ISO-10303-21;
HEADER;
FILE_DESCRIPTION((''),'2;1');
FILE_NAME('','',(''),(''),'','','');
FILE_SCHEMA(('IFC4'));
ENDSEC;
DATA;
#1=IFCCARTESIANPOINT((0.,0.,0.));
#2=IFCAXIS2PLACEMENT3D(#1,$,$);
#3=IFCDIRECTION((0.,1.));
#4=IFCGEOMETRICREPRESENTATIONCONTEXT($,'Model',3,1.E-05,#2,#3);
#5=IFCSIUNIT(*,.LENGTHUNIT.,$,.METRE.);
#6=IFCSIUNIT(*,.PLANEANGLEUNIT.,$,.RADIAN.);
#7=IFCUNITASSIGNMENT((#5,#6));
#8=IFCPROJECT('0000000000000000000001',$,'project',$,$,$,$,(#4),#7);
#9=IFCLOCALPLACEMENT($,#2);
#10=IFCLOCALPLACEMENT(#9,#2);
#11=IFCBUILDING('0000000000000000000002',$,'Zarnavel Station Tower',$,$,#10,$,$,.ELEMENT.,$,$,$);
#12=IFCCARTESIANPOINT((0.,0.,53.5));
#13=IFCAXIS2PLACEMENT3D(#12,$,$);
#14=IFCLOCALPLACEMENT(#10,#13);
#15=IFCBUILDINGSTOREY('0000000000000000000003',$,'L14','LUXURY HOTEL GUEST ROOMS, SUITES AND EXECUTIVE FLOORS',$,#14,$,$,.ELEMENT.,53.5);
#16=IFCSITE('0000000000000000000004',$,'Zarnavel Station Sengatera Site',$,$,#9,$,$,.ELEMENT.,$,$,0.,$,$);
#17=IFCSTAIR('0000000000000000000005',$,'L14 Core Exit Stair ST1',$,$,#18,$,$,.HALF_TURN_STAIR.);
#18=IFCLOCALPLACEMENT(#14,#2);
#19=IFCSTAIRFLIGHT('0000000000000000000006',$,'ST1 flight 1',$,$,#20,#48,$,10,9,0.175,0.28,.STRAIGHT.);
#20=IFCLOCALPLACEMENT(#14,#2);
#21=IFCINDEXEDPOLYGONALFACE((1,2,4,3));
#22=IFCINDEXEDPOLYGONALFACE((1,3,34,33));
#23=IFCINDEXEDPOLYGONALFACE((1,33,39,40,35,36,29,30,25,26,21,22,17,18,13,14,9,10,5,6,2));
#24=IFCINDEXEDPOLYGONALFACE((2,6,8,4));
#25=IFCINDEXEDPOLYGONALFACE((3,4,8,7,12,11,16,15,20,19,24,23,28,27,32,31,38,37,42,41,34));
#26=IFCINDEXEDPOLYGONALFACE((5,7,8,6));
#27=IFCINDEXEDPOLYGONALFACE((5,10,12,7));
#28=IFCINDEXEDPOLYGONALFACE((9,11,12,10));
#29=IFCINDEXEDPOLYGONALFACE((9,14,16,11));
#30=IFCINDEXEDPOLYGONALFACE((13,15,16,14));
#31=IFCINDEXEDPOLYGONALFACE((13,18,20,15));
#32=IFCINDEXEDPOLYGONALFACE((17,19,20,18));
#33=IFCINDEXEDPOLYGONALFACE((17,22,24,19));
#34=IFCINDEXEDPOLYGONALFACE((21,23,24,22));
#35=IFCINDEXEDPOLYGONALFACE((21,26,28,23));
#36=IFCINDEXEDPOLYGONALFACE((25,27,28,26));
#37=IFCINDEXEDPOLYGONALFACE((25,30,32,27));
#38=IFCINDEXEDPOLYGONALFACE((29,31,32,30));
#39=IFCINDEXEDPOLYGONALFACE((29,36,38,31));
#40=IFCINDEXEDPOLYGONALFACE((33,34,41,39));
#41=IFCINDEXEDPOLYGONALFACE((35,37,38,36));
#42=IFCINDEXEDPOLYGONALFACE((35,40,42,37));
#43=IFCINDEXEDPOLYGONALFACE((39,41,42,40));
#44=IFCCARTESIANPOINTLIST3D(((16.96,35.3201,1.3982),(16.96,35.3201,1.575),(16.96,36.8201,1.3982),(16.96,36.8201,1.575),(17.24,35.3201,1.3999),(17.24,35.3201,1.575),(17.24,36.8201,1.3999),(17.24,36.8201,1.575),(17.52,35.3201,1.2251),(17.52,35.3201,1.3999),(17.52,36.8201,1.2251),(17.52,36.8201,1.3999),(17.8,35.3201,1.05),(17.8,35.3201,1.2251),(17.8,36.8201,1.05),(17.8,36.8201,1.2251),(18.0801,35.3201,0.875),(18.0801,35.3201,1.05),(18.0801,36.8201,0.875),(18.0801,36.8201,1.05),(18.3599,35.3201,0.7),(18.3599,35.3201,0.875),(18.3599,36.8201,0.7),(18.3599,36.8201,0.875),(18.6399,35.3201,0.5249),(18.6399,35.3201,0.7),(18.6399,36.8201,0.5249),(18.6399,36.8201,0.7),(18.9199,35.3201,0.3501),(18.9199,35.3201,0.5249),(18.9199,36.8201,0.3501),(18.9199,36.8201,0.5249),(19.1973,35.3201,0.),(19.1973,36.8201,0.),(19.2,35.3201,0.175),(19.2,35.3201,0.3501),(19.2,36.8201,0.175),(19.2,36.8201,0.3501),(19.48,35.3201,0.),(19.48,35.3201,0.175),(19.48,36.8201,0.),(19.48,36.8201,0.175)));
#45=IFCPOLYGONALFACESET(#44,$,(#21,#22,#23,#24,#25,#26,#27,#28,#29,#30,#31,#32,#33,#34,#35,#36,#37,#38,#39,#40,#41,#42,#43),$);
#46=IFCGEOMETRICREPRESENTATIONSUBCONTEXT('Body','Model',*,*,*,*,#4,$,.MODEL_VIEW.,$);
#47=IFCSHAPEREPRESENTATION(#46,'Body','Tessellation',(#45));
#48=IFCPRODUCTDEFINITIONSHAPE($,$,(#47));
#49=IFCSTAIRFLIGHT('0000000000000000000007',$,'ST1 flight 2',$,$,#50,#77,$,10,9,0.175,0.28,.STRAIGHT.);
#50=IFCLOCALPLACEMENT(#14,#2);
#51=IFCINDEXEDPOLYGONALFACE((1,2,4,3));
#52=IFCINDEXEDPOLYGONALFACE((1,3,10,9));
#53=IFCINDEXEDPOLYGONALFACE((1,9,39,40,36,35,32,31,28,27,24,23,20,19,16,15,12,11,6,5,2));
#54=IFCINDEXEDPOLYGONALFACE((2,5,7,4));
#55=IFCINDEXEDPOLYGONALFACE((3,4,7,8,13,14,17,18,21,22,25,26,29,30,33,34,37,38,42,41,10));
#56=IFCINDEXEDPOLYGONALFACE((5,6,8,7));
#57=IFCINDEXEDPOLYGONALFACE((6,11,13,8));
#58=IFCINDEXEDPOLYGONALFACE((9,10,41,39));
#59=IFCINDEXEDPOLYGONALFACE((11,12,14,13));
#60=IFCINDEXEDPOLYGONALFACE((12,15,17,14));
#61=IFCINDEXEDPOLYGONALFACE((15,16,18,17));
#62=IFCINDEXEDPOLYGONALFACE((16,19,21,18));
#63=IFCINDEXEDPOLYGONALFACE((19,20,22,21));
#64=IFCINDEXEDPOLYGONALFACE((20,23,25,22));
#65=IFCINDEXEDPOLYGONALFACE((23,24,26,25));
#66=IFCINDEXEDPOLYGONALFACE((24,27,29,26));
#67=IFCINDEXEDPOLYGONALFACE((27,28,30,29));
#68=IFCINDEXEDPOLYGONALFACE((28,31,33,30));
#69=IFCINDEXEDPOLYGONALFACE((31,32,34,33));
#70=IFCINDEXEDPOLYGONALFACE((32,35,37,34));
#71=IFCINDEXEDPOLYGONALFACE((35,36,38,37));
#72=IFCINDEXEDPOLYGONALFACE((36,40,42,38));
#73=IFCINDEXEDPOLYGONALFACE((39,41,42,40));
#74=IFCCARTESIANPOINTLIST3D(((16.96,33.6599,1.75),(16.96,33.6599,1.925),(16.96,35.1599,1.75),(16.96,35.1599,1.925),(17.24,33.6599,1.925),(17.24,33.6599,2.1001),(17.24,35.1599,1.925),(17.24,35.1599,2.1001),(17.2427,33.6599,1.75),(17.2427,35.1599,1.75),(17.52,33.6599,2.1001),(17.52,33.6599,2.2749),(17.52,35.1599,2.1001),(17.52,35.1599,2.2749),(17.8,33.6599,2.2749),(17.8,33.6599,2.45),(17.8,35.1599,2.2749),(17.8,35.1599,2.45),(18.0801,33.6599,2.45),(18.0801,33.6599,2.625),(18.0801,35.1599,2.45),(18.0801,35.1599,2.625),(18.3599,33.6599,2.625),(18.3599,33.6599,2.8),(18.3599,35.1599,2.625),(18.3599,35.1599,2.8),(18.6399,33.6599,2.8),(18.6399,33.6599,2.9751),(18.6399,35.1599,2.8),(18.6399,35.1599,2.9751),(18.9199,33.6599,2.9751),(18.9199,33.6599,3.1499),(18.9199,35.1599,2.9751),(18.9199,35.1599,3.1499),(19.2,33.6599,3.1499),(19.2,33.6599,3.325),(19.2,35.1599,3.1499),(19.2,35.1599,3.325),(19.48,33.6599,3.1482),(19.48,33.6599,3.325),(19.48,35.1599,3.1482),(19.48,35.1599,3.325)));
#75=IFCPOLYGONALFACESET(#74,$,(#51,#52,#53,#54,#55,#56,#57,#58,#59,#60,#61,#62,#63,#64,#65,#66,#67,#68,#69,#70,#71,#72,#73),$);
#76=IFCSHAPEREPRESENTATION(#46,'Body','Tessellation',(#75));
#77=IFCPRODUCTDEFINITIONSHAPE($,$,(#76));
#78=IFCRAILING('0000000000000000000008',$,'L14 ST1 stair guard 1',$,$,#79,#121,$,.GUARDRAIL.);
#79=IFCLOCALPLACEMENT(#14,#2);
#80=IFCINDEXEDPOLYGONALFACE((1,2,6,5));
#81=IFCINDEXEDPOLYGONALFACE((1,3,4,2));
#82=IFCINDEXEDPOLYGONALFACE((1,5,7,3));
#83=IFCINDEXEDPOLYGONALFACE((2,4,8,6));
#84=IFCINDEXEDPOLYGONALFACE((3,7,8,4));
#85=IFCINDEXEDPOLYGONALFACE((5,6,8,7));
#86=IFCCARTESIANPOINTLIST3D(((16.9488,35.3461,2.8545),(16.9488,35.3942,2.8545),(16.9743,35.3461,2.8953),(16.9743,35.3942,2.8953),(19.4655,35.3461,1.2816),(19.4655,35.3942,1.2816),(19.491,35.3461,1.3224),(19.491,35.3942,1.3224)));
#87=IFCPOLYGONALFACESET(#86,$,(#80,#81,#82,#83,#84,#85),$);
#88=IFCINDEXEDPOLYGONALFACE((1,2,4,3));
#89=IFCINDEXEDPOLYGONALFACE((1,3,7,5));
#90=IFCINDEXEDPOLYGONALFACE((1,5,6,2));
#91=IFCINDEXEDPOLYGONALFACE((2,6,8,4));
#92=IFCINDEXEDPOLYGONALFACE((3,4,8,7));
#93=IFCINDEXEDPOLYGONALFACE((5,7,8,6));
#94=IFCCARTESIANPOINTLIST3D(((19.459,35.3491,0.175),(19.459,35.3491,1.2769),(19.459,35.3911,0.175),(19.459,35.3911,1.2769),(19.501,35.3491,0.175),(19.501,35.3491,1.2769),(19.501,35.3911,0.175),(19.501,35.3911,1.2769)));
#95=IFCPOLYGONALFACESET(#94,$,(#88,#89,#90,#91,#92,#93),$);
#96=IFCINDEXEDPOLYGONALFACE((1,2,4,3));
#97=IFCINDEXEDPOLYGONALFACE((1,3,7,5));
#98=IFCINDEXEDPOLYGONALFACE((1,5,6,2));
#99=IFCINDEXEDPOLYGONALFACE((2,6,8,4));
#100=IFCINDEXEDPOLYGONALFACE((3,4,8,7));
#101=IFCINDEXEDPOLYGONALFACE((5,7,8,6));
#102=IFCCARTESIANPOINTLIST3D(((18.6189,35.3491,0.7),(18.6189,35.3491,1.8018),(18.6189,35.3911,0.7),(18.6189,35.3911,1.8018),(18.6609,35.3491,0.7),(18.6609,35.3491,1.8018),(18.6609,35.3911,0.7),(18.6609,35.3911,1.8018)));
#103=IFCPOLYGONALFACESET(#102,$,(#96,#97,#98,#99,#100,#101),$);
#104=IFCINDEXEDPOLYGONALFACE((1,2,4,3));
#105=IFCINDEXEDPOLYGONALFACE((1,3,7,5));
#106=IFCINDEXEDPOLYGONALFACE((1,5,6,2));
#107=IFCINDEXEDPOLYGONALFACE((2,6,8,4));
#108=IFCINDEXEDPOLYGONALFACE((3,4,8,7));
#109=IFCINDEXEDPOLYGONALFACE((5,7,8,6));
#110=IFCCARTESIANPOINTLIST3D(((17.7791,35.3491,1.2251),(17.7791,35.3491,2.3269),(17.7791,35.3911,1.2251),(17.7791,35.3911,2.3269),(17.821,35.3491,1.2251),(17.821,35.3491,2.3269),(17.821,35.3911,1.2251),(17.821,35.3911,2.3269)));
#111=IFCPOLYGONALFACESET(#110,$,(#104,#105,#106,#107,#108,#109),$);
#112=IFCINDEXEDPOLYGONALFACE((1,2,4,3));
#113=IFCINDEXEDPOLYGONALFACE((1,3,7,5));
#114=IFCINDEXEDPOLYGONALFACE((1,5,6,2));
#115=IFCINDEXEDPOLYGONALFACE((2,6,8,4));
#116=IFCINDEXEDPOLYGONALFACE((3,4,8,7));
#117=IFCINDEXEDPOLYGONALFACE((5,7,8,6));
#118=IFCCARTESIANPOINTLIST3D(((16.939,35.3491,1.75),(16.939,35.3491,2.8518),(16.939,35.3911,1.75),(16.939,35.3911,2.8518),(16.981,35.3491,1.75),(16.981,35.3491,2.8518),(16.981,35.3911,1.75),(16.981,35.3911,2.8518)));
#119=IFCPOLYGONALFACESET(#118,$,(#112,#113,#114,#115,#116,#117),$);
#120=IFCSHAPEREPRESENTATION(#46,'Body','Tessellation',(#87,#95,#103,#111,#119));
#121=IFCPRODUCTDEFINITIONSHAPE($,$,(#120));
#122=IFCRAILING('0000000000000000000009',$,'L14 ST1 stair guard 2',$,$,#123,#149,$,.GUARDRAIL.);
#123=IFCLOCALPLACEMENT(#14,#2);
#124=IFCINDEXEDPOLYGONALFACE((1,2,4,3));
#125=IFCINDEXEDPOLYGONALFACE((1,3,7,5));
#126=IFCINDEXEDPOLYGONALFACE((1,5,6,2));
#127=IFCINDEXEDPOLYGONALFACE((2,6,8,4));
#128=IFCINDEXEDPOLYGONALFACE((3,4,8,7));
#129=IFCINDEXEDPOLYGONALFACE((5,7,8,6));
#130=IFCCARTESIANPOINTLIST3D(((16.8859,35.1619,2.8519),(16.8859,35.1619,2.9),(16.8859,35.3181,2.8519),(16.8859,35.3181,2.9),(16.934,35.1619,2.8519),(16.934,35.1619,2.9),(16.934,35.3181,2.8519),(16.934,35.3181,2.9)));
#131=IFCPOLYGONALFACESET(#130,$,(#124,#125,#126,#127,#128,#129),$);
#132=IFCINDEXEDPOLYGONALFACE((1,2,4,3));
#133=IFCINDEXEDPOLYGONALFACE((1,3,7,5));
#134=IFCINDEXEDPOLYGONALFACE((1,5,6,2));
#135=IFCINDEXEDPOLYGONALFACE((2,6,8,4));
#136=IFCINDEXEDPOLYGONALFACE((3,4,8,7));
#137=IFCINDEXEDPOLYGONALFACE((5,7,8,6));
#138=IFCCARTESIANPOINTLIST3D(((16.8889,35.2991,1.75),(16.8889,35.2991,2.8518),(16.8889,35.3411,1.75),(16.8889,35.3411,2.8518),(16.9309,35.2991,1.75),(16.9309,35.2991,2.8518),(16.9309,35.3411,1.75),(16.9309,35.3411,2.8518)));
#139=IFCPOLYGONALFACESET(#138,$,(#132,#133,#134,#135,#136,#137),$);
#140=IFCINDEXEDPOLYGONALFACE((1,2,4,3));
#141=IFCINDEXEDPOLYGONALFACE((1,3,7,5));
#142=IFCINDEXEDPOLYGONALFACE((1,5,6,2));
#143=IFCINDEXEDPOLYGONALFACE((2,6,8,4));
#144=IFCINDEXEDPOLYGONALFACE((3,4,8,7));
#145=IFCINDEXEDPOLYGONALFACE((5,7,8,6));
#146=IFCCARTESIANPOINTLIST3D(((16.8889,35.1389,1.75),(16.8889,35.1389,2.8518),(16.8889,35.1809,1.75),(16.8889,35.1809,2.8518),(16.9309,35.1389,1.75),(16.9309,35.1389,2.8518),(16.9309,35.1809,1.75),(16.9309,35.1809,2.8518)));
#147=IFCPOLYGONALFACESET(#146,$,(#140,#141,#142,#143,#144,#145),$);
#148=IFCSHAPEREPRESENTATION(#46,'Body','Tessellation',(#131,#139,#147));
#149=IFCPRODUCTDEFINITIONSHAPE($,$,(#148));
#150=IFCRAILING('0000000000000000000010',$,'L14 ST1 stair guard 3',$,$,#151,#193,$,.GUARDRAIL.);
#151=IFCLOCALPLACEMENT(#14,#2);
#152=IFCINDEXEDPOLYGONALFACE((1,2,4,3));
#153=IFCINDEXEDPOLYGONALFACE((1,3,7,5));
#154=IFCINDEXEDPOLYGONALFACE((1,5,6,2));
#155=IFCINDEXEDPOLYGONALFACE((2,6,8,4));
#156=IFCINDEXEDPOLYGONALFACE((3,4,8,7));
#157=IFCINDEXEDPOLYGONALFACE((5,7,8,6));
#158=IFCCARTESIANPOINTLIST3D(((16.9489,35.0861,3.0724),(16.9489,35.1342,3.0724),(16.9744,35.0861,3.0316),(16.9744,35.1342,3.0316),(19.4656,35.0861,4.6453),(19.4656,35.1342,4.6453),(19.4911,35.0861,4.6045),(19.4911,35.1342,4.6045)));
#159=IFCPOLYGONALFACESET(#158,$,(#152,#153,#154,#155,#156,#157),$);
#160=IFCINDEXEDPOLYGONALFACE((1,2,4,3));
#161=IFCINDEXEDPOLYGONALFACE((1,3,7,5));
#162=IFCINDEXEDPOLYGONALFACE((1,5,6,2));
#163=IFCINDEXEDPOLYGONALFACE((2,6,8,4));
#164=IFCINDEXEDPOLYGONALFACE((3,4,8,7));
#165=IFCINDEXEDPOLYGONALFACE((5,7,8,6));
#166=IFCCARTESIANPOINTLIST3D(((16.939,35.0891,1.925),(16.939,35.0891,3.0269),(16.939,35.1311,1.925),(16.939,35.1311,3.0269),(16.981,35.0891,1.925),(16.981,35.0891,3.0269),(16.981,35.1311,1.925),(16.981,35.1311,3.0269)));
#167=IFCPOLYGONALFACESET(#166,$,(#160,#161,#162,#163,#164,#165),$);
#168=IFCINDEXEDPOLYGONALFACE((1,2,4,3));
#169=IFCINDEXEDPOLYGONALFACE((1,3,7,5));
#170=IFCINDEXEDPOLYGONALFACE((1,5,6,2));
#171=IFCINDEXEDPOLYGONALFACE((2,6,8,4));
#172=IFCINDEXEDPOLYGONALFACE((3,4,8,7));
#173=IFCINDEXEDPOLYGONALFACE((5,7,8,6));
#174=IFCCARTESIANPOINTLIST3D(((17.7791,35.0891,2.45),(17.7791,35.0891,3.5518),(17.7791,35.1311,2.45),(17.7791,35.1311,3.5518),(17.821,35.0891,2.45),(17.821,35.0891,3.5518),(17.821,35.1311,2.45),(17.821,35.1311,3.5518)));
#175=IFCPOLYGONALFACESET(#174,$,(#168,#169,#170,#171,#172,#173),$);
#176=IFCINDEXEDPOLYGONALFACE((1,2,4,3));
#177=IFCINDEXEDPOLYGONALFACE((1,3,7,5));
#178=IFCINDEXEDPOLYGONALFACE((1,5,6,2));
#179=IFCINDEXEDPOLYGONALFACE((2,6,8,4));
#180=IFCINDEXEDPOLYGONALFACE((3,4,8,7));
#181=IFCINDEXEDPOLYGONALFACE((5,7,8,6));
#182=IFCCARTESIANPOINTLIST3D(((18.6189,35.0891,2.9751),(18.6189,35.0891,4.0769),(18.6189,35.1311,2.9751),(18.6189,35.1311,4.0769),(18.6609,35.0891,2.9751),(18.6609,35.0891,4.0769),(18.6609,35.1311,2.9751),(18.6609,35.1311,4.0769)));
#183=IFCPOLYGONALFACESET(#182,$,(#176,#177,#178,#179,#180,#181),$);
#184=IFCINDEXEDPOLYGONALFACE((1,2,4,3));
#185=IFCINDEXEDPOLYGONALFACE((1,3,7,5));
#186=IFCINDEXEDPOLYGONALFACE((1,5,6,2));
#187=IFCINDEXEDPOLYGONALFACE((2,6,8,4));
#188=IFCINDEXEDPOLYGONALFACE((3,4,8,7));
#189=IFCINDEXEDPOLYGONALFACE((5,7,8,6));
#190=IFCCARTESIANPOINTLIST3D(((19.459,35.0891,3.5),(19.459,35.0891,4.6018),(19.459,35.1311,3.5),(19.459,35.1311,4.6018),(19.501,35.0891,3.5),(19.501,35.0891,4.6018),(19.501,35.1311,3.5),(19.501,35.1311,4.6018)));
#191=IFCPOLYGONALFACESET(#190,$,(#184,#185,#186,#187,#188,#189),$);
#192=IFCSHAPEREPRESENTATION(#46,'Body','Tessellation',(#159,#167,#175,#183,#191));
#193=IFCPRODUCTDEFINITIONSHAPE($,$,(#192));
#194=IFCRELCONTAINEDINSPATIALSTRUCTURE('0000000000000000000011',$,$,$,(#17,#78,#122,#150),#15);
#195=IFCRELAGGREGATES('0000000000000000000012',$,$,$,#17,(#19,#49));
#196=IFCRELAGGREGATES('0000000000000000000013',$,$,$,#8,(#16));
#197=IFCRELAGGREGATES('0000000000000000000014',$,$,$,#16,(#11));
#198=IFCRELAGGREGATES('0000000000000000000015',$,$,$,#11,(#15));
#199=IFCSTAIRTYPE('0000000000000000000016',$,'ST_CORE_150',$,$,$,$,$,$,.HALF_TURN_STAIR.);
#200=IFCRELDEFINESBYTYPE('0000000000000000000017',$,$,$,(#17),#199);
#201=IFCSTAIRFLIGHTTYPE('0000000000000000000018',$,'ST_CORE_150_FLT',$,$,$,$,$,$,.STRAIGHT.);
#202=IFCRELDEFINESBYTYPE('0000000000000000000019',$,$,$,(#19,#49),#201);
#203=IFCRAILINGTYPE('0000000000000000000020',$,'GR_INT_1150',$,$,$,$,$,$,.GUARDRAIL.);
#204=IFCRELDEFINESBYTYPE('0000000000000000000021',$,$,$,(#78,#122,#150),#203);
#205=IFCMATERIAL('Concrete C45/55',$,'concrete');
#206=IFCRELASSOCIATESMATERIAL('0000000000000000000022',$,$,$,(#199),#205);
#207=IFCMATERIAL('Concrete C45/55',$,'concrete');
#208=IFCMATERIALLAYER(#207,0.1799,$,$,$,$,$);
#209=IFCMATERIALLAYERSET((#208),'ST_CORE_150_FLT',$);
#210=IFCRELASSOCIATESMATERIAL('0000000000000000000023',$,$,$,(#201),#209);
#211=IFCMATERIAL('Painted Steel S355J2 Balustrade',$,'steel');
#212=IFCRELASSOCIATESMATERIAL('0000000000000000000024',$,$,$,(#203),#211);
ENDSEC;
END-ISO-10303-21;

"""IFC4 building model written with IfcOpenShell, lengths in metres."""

from ifc_helpers import new_model, si_unit, direction, frame, origin, origin_2d, place, context, subcontext, project, spatial, polyline, rectangle, outline, extrude, material, layer, layer_set, type_object, element, aggregate, save


model = new_model("IFC4")

# Units and contexts
model_context = context("Model", 3, precision=1e-05, world=origin(), true_north=direction((0.0, 1.0)))
body_context = subcontext(model_context, "Body", "Model", "MODEL_VIEW")
ifc_project = project(units=[si_unit("LENGTHUNIT", "METRE"), si_unit("PLANEANGLEUNIT", "RADIAN")], contexts=[model_context])

# Site, building, storey
site_placement = place(None, origin())
site = spatial("IfcSite", under=ifc_project, at=site_placement, Name="Zarnavel Station Sengatera Site", CompositionType="ELEMENT", RefElevation=0.0)
building_placement = place(site_placement, origin())
building = spatial("IfcBuilding", under=site, at=building_placement, Name="Zarnavel Station Tower", CompositionType="ELEMENT")
storey_placement = place(building_placement, frame((0.0, 0.0, 53.5)))
storey = spatial("IfcBuildingStorey", under=building, at=storey_placement, Name="L14", Description="LUXURY HOTEL GUEST ROOMS, SUITES AND EXECUTIVE FLOORS", CompositionType="ELEMENT", Elevation=53.5)

# Stair, stair flights
ifc_material_1 = material(Name="Concrete C45/55", Category="concrete")
stair_type = type_object("IfcStairType", Name="ST_CORE_150", PredefinedType="HALF_TURN_STAIR", material=ifc_material_1)
stair_placement = place(storey_placement, origin())
stair = element("IfcStair", 1, at=stair_placement, inside=storey, type_object=stair_type, Name="L14 Core Exit Stair ST1", PredefinedType="HALF_TURN_STAIR")
ifc_material_2 = material(Name="Concrete C45/55", Category="concrete")
ifc_layer_1 = layer(ifc_material_2, 0.1799)
ifc_layer_set_1 = layer_set([ifc_layer_1], Name="ST_CORE_150_FLT")
stair_flight_type = type_object("IfcStairFlightType", Name="ST_CORE_150_FLT", PredefinedType="STRAIGHT", material=ifc_layer_set_1)
stair_flight_1_placement = place(storey_placement, frame((19.48, 36.0701, 0.0), z_axis=(0.0, 0.0, 1.0), x_axis=(-1.0, 0.0, 0.0)))
stair_flight_1 = element("IfcStairFlight", 2, at=stair_flight_1_placement, type_object=stair_flight_type, Name="ST1 flight 1", NumberOfRisers=10, NumberOfTreads=9, PredefinedType="STRAIGHT", RiserHeight=0.175, TreadLength=0.28, context=body_context, shape_type="SweptSolid", body=[
    extrude(outline(polyline([(0.0, 0.0), (0.0, 0.175), (0.28, 0.175), (0.28, 0.3501), (0.5601, 0.3501), (0.5601, 0.5249), (0.8401, 0.5249), (0.8401, 0.7), (1.1201, 0.7), (1.1201, 0.875), (1.3999, 0.875), (1.3999, 1.05), (1.6799, 1.05), (1.6799, 1.2251), (1.96, 1.2251), (1.96, 1.3999), (2.24, 1.3999), (2.24, 1.575), (2.52, 1.575), (2.52, 1.75), (2.52, 1.3982), (0.2827, 0.0), (0.0, 0.0)])), frame((0.0, 0.75, 0.0), z_axis=(0.0, -1.0, 0.0), x_axis=(1.0, 0.0, 0.0)), (0.0, 0.0, 1.0), 1.5),
])
stair_flight_2_placement = place(storey_placement, frame((16.96, 34.4099, 1.75), z_axis=(0.0, 0.0, 1.0), x_axis=(1.0, 0.0, 0.0)))
stair_flight_2 = element("IfcStairFlight", 3, at=stair_flight_2_placement, type_object=stair_flight_type, Name="ST1 flight 2", NumberOfRisers=10, NumberOfTreads=9, PredefinedType="STRAIGHT", RiserHeight=0.175, TreadLength=0.28, context=body_context, shape_type="SweptSolid", body=[
    extrude(outline(polyline([(0.0, 0.0), (0.0, 0.175), (0.28, 0.175), (0.28, 0.3501), (0.5601, 0.3501), (0.5601, 0.5249), (0.8401, 0.5249), (0.8401, 0.7), (1.1201, 0.7), (1.1201, 0.875), (1.3999, 0.875), (1.3999, 1.05), (1.6799, 1.05), (1.6799, 1.2251), (1.96, 1.2251), (1.96, 1.3999), (2.24, 1.3999), (2.24, 1.575), (2.52, 1.575), (2.52, 1.75), (2.52, 1.3982), (0.2827, 0.0), (0.0, 0.0)])), frame((0.0, 0.75, 0.0), z_axis=(0.0, -1.0, 0.0), x_axis=(1.0, 0.0, 0.0)), (0.0, 0.0, 1.0), 1.5),
])
aggregate(stair, [stair_flight_1, stair_flight_2])

# Railings
ifc_material_3 = material(Name="Painted Steel S355J2 Balustrade", Category="steel")
railing_type_1 = type_object("IfcRailingType", Name="GR_INT_1150", PredefinedType="GUARDRAIL", material=ifc_material_3)
railing_1_placement = place(storey_placement, frame((19.48, 35.3701, 0.175)))
element("IfcRailing", 4, at=railing_1_placement, inside=storey, type_object=railing_type_1, Name="L14 ST1 stair guard 1", PredefinedType="GUARDRAIL", context=body_context, shape_type="SweptSolid", body=[
    extrude(rectangle(XDim=0.0481, YDim=0.0481, at=origin_2d()), frame((-0.0017, 0.0, 1.127), z_axis=(-0.848008, 0.0, 0.529984), x_axis=(0.0, -1.0, 0.0)), (0.0, 0.0, 1.0), 2.9678),
    extrude(rectangle(XDim=0.042, YDim=0.042, at=origin_2d()), origin(), (0.0, 0.0, 1.0), 1.1018),
    extrude(rectangle(XDim=0.042, YDim=0.042, at=origin_2d()), frame((-0.8401, 0.0, 0.5249)), (0.0, 0.0, 1.0), 1.1018),
    extrude(rectangle(XDim=0.042, YDim=0.042, at=origin_2d()), frame((-1.6799, 0.0, 1.05)), (0.0, 0.0, 1.0), 1.1018),
    extrude(rectangle(XDim=0.042, YDim=0.042, at=origin_2d()), frame((-2.52, 0.0, 1.575)), (0.0, 0.0, 1.0), 1.1018),
])
railing_2_placement = place(storey_placement, frame((16.9099, 35.3201, 1.75)))
element("IfcRailing", 5, at=railing_2_placement, inside=storey, type_object=railing_type_1, Name="L14 ST1 stair guard 2", PredefinedType="GUARDRAIL", context=body_context, shape_type="SweptSolid", body=[
    extrude(rectangle(XDim=0.0481, YDim=0.0481, at=origin_2d()), frame((0.0, -0.002, 1.126), z_axis=(0.0, -1.0, 0.0), x_axis=(1.0, 0.0, 0.0)), (0.0, 0.0, 1.0), 0.1562),
    extrude(rectangle(XDim=0.042, YDim=0.042, at=origin_2d()), origin(), (0.0, 0.0, 1.0), 1.1018),
    extrude(rectangle(XDim=0.042, YDim=0.042, at=origin_2d()), frame((0.0, -0.1602, 0.0)), (0.0, 0.0, 1.0), 1.1018),
])
railing_3_placement = place(storey_placement, frame((16.96, 35.1101, 1.925)))
element("IfcRailing", 6, at=railing_3_placement, inside=storey, type_object=railing_type_1, Name="L14 ST1 stair guard 3", PredefinedType="GUARDRAIL", context=body_context, shape_type="SweptSolid", body=[
    extrude(rectangle(XDim=0.0481, YDim=0.0481, at=origin_2d()), frame((0.0017, 0.0, 1.127), z_axis=(0.848008, 0.0, 0.529984), x_axis=(0.0, 1.0, 0.0)), (0.0, 0.0, 1.0), 2.9678),
    extrude(rectangle(XDim=0.042, YDim=0.042, at=origin_2d()), origin(), (0.0, 0.0, 1.0), 1.1018),
    extrude(rectangle(XDim=0.042, YDim=0.042, at=origin_2d()), frame((0.8401, 0.0, 0.5249)), (0.0, 0.0, 1.0), 1.1018),
    extrude(rectangle(XDim=0.042, YDim=0.042, at=origin_2d()), frame((1.6799, 0.0, 1.05)), (0.0, 0.0, 1.0), 1.1018),
    extrude(rectangle(XDim=0.042, YDim=0.042, at=origin_2d()), frame((2.52, 0.0, 1.575)), (0.0, 0.0, 1.0), 1.1018),
])

save(model, "model.ifc")
